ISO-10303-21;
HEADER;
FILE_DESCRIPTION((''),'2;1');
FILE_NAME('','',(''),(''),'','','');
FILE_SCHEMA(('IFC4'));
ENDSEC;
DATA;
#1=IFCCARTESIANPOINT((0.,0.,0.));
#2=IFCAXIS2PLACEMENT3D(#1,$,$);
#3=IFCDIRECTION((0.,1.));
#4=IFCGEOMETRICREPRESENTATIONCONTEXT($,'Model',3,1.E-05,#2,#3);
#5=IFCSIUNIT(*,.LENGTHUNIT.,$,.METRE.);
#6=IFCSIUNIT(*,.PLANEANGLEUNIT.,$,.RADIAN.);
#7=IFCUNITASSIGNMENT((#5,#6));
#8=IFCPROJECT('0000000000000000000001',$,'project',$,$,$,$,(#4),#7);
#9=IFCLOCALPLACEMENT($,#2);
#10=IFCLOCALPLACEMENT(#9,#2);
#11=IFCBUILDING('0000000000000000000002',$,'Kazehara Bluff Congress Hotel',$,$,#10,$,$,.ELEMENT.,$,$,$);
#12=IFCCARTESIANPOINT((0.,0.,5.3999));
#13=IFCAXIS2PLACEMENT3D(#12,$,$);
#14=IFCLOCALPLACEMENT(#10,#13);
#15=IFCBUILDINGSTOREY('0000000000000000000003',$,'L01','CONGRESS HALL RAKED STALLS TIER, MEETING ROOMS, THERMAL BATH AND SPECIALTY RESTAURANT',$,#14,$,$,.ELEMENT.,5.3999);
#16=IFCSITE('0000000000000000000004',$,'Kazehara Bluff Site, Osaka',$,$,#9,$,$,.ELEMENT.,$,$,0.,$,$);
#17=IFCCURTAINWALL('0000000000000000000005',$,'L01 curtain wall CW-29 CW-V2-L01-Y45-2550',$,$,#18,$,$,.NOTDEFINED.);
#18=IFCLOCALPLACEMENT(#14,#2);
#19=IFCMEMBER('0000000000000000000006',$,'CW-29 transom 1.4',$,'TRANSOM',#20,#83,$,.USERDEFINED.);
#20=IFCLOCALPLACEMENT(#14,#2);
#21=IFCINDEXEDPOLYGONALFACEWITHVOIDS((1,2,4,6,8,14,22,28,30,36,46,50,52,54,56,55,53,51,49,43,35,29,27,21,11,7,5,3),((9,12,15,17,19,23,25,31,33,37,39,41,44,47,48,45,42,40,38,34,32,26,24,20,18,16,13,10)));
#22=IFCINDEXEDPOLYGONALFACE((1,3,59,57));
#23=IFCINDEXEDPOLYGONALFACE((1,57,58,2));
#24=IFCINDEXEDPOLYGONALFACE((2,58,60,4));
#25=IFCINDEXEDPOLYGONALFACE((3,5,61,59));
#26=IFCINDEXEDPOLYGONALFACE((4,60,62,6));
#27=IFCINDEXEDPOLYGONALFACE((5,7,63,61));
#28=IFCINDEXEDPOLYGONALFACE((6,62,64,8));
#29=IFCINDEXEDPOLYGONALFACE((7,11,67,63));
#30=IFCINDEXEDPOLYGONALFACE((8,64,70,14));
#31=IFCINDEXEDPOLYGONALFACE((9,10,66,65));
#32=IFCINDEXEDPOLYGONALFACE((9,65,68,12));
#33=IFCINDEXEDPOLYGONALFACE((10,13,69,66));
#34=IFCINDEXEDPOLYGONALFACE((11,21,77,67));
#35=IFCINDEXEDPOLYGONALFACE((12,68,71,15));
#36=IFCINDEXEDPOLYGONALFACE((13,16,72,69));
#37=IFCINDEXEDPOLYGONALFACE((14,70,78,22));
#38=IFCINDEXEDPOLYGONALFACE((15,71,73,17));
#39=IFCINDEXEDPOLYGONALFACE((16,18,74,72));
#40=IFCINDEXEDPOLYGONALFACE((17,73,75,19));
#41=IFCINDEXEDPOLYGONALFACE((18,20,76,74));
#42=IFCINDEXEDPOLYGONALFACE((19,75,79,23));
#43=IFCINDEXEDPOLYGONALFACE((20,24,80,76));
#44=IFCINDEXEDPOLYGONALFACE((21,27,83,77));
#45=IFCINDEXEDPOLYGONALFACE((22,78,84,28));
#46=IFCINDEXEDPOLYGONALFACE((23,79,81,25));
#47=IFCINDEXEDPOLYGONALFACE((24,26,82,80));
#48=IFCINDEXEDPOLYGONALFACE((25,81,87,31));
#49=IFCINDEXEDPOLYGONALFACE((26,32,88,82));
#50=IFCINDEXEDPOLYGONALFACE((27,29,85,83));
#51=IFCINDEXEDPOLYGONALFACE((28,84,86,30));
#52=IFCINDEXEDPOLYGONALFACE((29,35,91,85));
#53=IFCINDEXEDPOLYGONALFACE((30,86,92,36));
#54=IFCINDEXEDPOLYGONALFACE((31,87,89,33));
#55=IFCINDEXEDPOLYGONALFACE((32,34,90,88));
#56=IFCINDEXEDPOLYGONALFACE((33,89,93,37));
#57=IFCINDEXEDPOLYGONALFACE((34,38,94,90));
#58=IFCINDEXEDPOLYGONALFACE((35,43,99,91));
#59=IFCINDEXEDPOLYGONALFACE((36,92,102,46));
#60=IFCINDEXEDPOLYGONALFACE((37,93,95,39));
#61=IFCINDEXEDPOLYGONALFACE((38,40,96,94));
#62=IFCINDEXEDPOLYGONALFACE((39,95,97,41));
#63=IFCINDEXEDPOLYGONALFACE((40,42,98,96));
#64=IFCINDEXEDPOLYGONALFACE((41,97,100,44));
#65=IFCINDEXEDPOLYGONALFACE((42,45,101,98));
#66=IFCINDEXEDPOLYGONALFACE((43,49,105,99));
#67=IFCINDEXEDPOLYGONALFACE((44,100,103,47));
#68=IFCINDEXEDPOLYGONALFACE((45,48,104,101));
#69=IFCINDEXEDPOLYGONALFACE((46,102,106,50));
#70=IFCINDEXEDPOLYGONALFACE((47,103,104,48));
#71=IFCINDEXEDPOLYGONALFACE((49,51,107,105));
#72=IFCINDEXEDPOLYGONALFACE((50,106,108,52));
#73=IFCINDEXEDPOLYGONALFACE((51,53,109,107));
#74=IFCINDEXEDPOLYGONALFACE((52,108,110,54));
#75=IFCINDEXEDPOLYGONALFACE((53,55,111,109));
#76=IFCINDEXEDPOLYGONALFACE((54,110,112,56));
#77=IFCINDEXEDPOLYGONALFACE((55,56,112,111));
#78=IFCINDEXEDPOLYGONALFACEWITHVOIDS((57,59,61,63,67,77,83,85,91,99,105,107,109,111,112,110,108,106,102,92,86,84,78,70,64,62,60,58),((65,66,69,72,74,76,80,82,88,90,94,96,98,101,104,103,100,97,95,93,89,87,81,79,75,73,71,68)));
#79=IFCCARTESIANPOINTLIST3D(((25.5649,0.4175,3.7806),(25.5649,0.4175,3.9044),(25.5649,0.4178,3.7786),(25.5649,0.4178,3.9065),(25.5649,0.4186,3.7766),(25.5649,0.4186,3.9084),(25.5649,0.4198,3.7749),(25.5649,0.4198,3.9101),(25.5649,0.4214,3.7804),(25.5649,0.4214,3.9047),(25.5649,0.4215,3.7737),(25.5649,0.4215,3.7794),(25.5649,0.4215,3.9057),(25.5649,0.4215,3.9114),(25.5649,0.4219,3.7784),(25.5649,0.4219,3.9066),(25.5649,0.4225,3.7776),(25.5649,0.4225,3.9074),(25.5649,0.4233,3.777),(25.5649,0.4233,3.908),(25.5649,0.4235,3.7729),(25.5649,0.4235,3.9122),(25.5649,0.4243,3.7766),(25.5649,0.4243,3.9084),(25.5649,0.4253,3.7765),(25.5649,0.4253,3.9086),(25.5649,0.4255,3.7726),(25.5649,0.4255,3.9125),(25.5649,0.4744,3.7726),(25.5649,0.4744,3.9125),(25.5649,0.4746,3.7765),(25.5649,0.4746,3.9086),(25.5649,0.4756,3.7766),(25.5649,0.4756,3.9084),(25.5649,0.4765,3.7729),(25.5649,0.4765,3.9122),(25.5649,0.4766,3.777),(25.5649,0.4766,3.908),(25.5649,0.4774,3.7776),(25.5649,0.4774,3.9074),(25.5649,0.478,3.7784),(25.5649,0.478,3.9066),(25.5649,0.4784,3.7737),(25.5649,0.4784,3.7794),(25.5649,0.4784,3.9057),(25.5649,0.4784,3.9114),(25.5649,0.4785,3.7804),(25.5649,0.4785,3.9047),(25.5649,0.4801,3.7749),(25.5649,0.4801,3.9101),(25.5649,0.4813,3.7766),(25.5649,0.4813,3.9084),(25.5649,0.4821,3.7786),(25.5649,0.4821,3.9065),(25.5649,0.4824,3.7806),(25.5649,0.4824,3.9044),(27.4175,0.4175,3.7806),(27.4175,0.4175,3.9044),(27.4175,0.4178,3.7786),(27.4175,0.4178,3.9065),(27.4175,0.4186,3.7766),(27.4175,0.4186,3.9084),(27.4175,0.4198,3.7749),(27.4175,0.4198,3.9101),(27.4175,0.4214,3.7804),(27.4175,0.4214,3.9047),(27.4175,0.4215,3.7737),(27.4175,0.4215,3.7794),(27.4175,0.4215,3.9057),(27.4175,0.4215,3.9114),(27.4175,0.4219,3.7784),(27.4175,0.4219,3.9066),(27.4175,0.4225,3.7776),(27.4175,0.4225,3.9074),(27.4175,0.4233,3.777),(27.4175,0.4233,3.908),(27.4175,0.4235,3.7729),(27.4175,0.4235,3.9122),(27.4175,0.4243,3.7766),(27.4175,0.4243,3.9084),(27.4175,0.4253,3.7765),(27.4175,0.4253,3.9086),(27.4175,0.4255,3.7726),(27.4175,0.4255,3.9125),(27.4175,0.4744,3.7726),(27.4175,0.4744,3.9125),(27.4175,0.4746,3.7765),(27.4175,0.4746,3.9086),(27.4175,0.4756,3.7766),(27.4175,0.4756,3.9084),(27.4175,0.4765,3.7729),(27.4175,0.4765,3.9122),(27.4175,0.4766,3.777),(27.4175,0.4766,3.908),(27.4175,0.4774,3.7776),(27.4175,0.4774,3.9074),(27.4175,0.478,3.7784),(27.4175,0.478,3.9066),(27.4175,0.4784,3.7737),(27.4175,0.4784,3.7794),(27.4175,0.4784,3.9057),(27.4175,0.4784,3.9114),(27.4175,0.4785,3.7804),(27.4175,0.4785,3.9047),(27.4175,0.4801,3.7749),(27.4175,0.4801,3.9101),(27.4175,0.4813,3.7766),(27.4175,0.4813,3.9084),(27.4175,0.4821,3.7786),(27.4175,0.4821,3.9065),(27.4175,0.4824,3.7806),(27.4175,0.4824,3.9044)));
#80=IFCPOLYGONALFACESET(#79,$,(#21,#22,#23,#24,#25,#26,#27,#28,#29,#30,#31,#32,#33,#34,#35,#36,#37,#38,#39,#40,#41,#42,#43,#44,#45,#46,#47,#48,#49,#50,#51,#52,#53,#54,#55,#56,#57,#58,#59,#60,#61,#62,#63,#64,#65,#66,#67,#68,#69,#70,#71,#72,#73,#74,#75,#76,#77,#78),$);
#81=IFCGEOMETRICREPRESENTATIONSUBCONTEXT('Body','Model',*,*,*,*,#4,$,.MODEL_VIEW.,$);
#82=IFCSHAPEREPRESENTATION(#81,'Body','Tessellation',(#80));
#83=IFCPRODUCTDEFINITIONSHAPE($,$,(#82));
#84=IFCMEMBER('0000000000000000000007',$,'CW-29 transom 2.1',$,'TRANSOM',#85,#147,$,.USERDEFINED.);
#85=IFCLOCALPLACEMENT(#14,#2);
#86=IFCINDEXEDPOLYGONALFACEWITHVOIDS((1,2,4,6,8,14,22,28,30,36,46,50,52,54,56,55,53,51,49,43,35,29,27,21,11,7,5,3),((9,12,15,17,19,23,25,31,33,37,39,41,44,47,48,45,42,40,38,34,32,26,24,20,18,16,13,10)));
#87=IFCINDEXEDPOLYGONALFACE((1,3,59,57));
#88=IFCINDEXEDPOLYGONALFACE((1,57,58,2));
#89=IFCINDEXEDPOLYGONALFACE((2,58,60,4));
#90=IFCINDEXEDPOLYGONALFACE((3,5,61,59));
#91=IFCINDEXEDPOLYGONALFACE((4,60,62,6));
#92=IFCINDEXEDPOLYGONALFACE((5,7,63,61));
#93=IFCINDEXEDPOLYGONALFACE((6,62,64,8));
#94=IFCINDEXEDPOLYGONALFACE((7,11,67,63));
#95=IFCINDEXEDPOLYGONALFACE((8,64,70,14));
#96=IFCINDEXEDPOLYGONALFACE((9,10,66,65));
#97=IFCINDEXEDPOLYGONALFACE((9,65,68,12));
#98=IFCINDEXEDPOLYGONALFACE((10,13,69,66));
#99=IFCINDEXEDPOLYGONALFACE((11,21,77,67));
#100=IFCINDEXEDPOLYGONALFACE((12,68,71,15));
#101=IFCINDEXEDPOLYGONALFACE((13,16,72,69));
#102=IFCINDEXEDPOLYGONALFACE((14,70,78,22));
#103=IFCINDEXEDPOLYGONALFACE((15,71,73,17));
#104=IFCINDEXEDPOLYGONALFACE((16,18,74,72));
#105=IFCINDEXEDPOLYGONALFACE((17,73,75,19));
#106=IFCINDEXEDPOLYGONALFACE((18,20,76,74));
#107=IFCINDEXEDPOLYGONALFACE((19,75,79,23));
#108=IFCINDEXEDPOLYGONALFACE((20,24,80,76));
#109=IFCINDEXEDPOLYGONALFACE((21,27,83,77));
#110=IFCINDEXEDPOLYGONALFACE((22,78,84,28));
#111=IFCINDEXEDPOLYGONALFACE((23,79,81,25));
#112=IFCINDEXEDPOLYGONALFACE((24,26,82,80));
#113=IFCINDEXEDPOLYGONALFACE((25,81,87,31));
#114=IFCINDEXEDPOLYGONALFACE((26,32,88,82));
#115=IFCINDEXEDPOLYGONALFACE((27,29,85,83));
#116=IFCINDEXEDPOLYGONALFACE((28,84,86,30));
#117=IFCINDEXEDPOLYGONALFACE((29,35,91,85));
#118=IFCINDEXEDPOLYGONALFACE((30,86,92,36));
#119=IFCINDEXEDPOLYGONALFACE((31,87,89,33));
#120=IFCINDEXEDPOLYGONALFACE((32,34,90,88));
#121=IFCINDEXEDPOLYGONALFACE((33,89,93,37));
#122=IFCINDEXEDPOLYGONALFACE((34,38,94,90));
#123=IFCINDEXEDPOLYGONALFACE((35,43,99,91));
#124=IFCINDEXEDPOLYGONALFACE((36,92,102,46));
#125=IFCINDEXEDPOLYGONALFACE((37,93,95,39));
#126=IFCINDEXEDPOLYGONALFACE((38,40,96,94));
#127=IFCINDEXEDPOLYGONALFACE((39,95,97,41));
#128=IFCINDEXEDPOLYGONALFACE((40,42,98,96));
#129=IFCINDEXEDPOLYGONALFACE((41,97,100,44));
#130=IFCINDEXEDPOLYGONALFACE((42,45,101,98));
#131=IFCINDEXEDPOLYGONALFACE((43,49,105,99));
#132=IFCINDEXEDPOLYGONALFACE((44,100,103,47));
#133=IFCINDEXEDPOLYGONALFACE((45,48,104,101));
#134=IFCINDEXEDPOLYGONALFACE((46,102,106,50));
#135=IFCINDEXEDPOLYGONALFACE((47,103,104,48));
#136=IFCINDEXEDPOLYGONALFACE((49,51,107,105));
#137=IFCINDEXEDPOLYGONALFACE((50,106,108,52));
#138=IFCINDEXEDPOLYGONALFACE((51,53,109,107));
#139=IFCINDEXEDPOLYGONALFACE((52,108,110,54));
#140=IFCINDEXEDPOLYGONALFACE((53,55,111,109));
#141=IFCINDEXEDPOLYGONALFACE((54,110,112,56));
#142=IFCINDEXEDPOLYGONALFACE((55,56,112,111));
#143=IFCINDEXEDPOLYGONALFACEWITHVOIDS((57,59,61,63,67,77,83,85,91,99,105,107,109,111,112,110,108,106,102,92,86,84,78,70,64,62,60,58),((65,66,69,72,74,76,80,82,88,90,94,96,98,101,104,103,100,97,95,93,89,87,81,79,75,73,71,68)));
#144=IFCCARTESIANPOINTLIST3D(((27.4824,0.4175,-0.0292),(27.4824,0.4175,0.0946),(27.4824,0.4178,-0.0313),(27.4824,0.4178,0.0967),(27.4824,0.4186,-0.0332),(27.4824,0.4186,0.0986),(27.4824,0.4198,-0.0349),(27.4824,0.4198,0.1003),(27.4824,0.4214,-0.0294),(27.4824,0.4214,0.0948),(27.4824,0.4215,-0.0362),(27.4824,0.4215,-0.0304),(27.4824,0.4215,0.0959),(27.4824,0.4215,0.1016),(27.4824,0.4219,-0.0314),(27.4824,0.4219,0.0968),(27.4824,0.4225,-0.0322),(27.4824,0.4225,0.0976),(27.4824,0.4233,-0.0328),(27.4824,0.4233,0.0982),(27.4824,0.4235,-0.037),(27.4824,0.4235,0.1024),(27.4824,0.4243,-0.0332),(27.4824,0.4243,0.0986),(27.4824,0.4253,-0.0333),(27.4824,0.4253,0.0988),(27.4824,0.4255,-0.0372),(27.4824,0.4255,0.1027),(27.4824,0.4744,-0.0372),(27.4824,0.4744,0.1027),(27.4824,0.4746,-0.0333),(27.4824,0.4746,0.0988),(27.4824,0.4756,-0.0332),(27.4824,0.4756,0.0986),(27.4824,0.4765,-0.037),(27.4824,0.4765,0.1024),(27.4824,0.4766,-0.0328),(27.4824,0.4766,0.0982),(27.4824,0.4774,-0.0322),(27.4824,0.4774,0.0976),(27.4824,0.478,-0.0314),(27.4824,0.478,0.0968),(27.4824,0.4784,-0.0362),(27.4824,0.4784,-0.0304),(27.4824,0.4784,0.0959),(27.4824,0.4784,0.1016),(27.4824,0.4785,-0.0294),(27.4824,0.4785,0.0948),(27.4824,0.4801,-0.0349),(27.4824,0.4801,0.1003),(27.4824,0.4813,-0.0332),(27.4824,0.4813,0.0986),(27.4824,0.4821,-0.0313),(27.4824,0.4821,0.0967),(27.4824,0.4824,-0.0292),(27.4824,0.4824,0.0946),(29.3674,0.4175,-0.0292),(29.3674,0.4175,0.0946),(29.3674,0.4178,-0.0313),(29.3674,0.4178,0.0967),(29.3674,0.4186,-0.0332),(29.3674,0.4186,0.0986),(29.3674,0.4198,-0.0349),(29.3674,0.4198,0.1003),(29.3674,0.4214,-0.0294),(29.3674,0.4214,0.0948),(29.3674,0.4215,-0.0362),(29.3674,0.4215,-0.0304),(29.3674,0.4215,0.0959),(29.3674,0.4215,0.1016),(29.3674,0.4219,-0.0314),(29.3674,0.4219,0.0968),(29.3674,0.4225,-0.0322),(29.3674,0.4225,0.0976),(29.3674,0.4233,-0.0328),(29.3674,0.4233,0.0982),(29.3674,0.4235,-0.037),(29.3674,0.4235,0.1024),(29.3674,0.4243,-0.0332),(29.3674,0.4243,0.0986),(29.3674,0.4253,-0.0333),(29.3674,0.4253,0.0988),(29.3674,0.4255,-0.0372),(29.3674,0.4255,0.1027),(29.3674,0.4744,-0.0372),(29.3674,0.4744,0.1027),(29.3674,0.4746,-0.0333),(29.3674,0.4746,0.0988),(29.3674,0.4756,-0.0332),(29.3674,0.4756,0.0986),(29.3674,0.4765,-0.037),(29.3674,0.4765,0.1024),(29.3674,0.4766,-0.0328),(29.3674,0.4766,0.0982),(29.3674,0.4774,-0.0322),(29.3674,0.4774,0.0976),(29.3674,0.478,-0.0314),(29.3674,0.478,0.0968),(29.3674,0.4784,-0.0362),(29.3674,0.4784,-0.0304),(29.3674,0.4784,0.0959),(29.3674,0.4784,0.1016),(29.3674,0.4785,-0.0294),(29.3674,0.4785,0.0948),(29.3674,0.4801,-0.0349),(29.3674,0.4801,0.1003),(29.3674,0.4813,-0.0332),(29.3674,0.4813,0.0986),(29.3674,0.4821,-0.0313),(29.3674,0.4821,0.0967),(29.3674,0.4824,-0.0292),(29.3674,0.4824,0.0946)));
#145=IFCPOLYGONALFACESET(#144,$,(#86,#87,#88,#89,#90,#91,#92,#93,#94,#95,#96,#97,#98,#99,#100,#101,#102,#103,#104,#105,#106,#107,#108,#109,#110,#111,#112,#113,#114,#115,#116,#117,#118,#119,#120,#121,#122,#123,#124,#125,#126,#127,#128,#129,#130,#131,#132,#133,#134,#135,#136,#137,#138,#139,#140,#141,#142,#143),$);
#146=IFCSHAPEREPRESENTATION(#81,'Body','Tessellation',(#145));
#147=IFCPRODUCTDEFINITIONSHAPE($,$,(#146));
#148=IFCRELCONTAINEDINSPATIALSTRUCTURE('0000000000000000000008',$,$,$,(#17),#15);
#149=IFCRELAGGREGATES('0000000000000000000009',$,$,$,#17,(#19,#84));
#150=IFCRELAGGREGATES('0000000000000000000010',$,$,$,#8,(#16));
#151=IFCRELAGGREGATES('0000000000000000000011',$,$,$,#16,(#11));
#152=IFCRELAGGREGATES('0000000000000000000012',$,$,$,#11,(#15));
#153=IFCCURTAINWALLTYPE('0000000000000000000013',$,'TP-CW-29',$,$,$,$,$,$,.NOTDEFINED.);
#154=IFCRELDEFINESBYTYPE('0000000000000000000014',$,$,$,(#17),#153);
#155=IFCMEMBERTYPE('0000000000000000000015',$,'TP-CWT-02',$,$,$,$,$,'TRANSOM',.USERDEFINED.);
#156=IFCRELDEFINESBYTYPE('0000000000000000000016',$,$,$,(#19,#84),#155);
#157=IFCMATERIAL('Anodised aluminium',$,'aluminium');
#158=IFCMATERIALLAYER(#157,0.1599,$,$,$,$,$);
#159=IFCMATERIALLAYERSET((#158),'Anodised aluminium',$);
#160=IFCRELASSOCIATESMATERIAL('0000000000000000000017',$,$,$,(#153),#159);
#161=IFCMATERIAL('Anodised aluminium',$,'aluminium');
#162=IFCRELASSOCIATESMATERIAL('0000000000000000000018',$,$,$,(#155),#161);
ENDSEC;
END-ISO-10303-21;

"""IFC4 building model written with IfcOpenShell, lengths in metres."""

from ifc_helpers import new_model, si_unit, direction, frame, origin, origin_2d, place, context, subcontext, project, spatial, hollow_rectangle, extrude, material, layer, layer_set, material_profile, profile_set, type_object, element, aggregate, save


model = new_model("IFC4")

# Units and contexts
model_context = context("Model", 3, precision=1e-05, world=origin(), true_north=direction((0.0, 1.0)))
body_context = subcontext(model_context, "Body", "Model", "MODEL_VIEW")
ifc_project = project(units=[si_unit("LENGTHUNIT", "METRE"), si_unit("PLANEANGLEUNIT", "RADIAN")], contexts=[model_context])

# Site, building, storey
site_placement = place(None, origin())
site = spatial("IfcSite", under=ifc_project, at=site_placement, Name="Kazehara Bluff Site, Osaka", CompositionType="ELEMENT", RefElevation=0.0)
building_placement = place(site_placement, origin())
building = spatial("IfcBuilding", under=site, at=building_placement, Name="Kazehara Bluff Congress Hotel", CompositionType="ELEMENT")
storey_placement = place(building_placement, frame((0.0, 0.0, 5.3999)))
storey = spatial("IfcBuildingStorey", under=building, at=storey_placement, Name="L01", Description="CONGRESS HALL RAKED STALLS TIER, MEETING ROOMS, THERMAL BATH AND SPECIALTY RESTAURANT", CompositionType="ELEMENT", Elevation=5.3999)

# Curtain wall, members
ifc_material_1 = material(Name="Anodised aluminium", Category="aluminium")
ifc_layer_1 = layer(ifc_material_1, 0.1599)
ifc_layer_set_1 = layer_set([ifc_layer_1], Name="Anodised aluminium")
curtain_wall_type = type_object("IfcCurtainWallType", Name="TP-CW-29", PredefinedType="NOTDEFINED", material=ifc_layer_set_1)
curtain_wall_placement = place(storey_placement, origin())
curtain_wall = element("IfcCurtainWall", 1, at=curtain_wall_placement, inside=storey, type_object=curtain_wall_type, Name="L01 curtain wall CW-29 CW-V2-L01-Y45-2550", PredefinedType="NOTDEFINED")
ifc_material_2 = material(Name="Anodised aluminium", Category="aluminium")
ifc_material_profile_1 = material_profile(ifc_material_2, hollow_rectangle(XDim=0.0649, YDim=0.1399, WallThickness=0.0039, InnerFilletRadius=0.0039, OuterFilletRadius=0.0081, at=origin_2d()))
ifc_profile_set_1 = profile_set([ifc_material_profile_1], Name="Anodised aluminium")
member_type_1 = type_object("IfcMemberType", Name="TP-CWT-02", ElementType="TRANSOM", PredefinedType="USERDEFINED", material=ifc_profile_set_1)
member_1_placement = place(storey_placement, frame((25.5649, 0.45, 3.8425), z_axis=(1.0, 0.0, 0.0), x_axis=(0.0, 1.0, 0.0)))
member_1 = element("IfcMember", 2, at=member_1_placement, type_object=member_type_1, Name="CW-29 transom 1.4", ObjectType="TRANSOM", PredefinedType="USERDEFINED", context=body_context, shape_type="SweptSolid", body=[
    extrude(hollow_rectangle(XDim=0.0649, YDim=0.1399, WallThickness=0.0039, InnerFilletRadius=0.0039, OuterFilletRadius=0.0081, at=origin_2d()), origin(), (0.0, 0.0, 1.0), 1.8525),
])
member_2_placement = place(storey_placement, frame((27.4824, 0.45, 0.0327), z_axis=(1.0, 0.0, 0.0), x_axis=(0.0, 1.0, 0.0)))
member_2 = element("IfcMember", 3, at=member_2_placement, type_object=member_type_1, Name="CW-29 transom 2.1", ObjectType="TRANSOM", PredefinedType="USERDEFINED", context=body_context, shape_type="SweptSolid", body=[
    extrude(hollow_rectangle(XDim=0.0649, YDim=0.1399, WallThickness=0.0039, InnerFilletRadius=0.0039, OuterFilletRadius=0.0081, at=origin_2d()), origin(), (0.0, 0.0, 1.0), 1.885),
])
aggregate(curtain_wall, [member_1, member_2])

save(model, "model.ifc")
